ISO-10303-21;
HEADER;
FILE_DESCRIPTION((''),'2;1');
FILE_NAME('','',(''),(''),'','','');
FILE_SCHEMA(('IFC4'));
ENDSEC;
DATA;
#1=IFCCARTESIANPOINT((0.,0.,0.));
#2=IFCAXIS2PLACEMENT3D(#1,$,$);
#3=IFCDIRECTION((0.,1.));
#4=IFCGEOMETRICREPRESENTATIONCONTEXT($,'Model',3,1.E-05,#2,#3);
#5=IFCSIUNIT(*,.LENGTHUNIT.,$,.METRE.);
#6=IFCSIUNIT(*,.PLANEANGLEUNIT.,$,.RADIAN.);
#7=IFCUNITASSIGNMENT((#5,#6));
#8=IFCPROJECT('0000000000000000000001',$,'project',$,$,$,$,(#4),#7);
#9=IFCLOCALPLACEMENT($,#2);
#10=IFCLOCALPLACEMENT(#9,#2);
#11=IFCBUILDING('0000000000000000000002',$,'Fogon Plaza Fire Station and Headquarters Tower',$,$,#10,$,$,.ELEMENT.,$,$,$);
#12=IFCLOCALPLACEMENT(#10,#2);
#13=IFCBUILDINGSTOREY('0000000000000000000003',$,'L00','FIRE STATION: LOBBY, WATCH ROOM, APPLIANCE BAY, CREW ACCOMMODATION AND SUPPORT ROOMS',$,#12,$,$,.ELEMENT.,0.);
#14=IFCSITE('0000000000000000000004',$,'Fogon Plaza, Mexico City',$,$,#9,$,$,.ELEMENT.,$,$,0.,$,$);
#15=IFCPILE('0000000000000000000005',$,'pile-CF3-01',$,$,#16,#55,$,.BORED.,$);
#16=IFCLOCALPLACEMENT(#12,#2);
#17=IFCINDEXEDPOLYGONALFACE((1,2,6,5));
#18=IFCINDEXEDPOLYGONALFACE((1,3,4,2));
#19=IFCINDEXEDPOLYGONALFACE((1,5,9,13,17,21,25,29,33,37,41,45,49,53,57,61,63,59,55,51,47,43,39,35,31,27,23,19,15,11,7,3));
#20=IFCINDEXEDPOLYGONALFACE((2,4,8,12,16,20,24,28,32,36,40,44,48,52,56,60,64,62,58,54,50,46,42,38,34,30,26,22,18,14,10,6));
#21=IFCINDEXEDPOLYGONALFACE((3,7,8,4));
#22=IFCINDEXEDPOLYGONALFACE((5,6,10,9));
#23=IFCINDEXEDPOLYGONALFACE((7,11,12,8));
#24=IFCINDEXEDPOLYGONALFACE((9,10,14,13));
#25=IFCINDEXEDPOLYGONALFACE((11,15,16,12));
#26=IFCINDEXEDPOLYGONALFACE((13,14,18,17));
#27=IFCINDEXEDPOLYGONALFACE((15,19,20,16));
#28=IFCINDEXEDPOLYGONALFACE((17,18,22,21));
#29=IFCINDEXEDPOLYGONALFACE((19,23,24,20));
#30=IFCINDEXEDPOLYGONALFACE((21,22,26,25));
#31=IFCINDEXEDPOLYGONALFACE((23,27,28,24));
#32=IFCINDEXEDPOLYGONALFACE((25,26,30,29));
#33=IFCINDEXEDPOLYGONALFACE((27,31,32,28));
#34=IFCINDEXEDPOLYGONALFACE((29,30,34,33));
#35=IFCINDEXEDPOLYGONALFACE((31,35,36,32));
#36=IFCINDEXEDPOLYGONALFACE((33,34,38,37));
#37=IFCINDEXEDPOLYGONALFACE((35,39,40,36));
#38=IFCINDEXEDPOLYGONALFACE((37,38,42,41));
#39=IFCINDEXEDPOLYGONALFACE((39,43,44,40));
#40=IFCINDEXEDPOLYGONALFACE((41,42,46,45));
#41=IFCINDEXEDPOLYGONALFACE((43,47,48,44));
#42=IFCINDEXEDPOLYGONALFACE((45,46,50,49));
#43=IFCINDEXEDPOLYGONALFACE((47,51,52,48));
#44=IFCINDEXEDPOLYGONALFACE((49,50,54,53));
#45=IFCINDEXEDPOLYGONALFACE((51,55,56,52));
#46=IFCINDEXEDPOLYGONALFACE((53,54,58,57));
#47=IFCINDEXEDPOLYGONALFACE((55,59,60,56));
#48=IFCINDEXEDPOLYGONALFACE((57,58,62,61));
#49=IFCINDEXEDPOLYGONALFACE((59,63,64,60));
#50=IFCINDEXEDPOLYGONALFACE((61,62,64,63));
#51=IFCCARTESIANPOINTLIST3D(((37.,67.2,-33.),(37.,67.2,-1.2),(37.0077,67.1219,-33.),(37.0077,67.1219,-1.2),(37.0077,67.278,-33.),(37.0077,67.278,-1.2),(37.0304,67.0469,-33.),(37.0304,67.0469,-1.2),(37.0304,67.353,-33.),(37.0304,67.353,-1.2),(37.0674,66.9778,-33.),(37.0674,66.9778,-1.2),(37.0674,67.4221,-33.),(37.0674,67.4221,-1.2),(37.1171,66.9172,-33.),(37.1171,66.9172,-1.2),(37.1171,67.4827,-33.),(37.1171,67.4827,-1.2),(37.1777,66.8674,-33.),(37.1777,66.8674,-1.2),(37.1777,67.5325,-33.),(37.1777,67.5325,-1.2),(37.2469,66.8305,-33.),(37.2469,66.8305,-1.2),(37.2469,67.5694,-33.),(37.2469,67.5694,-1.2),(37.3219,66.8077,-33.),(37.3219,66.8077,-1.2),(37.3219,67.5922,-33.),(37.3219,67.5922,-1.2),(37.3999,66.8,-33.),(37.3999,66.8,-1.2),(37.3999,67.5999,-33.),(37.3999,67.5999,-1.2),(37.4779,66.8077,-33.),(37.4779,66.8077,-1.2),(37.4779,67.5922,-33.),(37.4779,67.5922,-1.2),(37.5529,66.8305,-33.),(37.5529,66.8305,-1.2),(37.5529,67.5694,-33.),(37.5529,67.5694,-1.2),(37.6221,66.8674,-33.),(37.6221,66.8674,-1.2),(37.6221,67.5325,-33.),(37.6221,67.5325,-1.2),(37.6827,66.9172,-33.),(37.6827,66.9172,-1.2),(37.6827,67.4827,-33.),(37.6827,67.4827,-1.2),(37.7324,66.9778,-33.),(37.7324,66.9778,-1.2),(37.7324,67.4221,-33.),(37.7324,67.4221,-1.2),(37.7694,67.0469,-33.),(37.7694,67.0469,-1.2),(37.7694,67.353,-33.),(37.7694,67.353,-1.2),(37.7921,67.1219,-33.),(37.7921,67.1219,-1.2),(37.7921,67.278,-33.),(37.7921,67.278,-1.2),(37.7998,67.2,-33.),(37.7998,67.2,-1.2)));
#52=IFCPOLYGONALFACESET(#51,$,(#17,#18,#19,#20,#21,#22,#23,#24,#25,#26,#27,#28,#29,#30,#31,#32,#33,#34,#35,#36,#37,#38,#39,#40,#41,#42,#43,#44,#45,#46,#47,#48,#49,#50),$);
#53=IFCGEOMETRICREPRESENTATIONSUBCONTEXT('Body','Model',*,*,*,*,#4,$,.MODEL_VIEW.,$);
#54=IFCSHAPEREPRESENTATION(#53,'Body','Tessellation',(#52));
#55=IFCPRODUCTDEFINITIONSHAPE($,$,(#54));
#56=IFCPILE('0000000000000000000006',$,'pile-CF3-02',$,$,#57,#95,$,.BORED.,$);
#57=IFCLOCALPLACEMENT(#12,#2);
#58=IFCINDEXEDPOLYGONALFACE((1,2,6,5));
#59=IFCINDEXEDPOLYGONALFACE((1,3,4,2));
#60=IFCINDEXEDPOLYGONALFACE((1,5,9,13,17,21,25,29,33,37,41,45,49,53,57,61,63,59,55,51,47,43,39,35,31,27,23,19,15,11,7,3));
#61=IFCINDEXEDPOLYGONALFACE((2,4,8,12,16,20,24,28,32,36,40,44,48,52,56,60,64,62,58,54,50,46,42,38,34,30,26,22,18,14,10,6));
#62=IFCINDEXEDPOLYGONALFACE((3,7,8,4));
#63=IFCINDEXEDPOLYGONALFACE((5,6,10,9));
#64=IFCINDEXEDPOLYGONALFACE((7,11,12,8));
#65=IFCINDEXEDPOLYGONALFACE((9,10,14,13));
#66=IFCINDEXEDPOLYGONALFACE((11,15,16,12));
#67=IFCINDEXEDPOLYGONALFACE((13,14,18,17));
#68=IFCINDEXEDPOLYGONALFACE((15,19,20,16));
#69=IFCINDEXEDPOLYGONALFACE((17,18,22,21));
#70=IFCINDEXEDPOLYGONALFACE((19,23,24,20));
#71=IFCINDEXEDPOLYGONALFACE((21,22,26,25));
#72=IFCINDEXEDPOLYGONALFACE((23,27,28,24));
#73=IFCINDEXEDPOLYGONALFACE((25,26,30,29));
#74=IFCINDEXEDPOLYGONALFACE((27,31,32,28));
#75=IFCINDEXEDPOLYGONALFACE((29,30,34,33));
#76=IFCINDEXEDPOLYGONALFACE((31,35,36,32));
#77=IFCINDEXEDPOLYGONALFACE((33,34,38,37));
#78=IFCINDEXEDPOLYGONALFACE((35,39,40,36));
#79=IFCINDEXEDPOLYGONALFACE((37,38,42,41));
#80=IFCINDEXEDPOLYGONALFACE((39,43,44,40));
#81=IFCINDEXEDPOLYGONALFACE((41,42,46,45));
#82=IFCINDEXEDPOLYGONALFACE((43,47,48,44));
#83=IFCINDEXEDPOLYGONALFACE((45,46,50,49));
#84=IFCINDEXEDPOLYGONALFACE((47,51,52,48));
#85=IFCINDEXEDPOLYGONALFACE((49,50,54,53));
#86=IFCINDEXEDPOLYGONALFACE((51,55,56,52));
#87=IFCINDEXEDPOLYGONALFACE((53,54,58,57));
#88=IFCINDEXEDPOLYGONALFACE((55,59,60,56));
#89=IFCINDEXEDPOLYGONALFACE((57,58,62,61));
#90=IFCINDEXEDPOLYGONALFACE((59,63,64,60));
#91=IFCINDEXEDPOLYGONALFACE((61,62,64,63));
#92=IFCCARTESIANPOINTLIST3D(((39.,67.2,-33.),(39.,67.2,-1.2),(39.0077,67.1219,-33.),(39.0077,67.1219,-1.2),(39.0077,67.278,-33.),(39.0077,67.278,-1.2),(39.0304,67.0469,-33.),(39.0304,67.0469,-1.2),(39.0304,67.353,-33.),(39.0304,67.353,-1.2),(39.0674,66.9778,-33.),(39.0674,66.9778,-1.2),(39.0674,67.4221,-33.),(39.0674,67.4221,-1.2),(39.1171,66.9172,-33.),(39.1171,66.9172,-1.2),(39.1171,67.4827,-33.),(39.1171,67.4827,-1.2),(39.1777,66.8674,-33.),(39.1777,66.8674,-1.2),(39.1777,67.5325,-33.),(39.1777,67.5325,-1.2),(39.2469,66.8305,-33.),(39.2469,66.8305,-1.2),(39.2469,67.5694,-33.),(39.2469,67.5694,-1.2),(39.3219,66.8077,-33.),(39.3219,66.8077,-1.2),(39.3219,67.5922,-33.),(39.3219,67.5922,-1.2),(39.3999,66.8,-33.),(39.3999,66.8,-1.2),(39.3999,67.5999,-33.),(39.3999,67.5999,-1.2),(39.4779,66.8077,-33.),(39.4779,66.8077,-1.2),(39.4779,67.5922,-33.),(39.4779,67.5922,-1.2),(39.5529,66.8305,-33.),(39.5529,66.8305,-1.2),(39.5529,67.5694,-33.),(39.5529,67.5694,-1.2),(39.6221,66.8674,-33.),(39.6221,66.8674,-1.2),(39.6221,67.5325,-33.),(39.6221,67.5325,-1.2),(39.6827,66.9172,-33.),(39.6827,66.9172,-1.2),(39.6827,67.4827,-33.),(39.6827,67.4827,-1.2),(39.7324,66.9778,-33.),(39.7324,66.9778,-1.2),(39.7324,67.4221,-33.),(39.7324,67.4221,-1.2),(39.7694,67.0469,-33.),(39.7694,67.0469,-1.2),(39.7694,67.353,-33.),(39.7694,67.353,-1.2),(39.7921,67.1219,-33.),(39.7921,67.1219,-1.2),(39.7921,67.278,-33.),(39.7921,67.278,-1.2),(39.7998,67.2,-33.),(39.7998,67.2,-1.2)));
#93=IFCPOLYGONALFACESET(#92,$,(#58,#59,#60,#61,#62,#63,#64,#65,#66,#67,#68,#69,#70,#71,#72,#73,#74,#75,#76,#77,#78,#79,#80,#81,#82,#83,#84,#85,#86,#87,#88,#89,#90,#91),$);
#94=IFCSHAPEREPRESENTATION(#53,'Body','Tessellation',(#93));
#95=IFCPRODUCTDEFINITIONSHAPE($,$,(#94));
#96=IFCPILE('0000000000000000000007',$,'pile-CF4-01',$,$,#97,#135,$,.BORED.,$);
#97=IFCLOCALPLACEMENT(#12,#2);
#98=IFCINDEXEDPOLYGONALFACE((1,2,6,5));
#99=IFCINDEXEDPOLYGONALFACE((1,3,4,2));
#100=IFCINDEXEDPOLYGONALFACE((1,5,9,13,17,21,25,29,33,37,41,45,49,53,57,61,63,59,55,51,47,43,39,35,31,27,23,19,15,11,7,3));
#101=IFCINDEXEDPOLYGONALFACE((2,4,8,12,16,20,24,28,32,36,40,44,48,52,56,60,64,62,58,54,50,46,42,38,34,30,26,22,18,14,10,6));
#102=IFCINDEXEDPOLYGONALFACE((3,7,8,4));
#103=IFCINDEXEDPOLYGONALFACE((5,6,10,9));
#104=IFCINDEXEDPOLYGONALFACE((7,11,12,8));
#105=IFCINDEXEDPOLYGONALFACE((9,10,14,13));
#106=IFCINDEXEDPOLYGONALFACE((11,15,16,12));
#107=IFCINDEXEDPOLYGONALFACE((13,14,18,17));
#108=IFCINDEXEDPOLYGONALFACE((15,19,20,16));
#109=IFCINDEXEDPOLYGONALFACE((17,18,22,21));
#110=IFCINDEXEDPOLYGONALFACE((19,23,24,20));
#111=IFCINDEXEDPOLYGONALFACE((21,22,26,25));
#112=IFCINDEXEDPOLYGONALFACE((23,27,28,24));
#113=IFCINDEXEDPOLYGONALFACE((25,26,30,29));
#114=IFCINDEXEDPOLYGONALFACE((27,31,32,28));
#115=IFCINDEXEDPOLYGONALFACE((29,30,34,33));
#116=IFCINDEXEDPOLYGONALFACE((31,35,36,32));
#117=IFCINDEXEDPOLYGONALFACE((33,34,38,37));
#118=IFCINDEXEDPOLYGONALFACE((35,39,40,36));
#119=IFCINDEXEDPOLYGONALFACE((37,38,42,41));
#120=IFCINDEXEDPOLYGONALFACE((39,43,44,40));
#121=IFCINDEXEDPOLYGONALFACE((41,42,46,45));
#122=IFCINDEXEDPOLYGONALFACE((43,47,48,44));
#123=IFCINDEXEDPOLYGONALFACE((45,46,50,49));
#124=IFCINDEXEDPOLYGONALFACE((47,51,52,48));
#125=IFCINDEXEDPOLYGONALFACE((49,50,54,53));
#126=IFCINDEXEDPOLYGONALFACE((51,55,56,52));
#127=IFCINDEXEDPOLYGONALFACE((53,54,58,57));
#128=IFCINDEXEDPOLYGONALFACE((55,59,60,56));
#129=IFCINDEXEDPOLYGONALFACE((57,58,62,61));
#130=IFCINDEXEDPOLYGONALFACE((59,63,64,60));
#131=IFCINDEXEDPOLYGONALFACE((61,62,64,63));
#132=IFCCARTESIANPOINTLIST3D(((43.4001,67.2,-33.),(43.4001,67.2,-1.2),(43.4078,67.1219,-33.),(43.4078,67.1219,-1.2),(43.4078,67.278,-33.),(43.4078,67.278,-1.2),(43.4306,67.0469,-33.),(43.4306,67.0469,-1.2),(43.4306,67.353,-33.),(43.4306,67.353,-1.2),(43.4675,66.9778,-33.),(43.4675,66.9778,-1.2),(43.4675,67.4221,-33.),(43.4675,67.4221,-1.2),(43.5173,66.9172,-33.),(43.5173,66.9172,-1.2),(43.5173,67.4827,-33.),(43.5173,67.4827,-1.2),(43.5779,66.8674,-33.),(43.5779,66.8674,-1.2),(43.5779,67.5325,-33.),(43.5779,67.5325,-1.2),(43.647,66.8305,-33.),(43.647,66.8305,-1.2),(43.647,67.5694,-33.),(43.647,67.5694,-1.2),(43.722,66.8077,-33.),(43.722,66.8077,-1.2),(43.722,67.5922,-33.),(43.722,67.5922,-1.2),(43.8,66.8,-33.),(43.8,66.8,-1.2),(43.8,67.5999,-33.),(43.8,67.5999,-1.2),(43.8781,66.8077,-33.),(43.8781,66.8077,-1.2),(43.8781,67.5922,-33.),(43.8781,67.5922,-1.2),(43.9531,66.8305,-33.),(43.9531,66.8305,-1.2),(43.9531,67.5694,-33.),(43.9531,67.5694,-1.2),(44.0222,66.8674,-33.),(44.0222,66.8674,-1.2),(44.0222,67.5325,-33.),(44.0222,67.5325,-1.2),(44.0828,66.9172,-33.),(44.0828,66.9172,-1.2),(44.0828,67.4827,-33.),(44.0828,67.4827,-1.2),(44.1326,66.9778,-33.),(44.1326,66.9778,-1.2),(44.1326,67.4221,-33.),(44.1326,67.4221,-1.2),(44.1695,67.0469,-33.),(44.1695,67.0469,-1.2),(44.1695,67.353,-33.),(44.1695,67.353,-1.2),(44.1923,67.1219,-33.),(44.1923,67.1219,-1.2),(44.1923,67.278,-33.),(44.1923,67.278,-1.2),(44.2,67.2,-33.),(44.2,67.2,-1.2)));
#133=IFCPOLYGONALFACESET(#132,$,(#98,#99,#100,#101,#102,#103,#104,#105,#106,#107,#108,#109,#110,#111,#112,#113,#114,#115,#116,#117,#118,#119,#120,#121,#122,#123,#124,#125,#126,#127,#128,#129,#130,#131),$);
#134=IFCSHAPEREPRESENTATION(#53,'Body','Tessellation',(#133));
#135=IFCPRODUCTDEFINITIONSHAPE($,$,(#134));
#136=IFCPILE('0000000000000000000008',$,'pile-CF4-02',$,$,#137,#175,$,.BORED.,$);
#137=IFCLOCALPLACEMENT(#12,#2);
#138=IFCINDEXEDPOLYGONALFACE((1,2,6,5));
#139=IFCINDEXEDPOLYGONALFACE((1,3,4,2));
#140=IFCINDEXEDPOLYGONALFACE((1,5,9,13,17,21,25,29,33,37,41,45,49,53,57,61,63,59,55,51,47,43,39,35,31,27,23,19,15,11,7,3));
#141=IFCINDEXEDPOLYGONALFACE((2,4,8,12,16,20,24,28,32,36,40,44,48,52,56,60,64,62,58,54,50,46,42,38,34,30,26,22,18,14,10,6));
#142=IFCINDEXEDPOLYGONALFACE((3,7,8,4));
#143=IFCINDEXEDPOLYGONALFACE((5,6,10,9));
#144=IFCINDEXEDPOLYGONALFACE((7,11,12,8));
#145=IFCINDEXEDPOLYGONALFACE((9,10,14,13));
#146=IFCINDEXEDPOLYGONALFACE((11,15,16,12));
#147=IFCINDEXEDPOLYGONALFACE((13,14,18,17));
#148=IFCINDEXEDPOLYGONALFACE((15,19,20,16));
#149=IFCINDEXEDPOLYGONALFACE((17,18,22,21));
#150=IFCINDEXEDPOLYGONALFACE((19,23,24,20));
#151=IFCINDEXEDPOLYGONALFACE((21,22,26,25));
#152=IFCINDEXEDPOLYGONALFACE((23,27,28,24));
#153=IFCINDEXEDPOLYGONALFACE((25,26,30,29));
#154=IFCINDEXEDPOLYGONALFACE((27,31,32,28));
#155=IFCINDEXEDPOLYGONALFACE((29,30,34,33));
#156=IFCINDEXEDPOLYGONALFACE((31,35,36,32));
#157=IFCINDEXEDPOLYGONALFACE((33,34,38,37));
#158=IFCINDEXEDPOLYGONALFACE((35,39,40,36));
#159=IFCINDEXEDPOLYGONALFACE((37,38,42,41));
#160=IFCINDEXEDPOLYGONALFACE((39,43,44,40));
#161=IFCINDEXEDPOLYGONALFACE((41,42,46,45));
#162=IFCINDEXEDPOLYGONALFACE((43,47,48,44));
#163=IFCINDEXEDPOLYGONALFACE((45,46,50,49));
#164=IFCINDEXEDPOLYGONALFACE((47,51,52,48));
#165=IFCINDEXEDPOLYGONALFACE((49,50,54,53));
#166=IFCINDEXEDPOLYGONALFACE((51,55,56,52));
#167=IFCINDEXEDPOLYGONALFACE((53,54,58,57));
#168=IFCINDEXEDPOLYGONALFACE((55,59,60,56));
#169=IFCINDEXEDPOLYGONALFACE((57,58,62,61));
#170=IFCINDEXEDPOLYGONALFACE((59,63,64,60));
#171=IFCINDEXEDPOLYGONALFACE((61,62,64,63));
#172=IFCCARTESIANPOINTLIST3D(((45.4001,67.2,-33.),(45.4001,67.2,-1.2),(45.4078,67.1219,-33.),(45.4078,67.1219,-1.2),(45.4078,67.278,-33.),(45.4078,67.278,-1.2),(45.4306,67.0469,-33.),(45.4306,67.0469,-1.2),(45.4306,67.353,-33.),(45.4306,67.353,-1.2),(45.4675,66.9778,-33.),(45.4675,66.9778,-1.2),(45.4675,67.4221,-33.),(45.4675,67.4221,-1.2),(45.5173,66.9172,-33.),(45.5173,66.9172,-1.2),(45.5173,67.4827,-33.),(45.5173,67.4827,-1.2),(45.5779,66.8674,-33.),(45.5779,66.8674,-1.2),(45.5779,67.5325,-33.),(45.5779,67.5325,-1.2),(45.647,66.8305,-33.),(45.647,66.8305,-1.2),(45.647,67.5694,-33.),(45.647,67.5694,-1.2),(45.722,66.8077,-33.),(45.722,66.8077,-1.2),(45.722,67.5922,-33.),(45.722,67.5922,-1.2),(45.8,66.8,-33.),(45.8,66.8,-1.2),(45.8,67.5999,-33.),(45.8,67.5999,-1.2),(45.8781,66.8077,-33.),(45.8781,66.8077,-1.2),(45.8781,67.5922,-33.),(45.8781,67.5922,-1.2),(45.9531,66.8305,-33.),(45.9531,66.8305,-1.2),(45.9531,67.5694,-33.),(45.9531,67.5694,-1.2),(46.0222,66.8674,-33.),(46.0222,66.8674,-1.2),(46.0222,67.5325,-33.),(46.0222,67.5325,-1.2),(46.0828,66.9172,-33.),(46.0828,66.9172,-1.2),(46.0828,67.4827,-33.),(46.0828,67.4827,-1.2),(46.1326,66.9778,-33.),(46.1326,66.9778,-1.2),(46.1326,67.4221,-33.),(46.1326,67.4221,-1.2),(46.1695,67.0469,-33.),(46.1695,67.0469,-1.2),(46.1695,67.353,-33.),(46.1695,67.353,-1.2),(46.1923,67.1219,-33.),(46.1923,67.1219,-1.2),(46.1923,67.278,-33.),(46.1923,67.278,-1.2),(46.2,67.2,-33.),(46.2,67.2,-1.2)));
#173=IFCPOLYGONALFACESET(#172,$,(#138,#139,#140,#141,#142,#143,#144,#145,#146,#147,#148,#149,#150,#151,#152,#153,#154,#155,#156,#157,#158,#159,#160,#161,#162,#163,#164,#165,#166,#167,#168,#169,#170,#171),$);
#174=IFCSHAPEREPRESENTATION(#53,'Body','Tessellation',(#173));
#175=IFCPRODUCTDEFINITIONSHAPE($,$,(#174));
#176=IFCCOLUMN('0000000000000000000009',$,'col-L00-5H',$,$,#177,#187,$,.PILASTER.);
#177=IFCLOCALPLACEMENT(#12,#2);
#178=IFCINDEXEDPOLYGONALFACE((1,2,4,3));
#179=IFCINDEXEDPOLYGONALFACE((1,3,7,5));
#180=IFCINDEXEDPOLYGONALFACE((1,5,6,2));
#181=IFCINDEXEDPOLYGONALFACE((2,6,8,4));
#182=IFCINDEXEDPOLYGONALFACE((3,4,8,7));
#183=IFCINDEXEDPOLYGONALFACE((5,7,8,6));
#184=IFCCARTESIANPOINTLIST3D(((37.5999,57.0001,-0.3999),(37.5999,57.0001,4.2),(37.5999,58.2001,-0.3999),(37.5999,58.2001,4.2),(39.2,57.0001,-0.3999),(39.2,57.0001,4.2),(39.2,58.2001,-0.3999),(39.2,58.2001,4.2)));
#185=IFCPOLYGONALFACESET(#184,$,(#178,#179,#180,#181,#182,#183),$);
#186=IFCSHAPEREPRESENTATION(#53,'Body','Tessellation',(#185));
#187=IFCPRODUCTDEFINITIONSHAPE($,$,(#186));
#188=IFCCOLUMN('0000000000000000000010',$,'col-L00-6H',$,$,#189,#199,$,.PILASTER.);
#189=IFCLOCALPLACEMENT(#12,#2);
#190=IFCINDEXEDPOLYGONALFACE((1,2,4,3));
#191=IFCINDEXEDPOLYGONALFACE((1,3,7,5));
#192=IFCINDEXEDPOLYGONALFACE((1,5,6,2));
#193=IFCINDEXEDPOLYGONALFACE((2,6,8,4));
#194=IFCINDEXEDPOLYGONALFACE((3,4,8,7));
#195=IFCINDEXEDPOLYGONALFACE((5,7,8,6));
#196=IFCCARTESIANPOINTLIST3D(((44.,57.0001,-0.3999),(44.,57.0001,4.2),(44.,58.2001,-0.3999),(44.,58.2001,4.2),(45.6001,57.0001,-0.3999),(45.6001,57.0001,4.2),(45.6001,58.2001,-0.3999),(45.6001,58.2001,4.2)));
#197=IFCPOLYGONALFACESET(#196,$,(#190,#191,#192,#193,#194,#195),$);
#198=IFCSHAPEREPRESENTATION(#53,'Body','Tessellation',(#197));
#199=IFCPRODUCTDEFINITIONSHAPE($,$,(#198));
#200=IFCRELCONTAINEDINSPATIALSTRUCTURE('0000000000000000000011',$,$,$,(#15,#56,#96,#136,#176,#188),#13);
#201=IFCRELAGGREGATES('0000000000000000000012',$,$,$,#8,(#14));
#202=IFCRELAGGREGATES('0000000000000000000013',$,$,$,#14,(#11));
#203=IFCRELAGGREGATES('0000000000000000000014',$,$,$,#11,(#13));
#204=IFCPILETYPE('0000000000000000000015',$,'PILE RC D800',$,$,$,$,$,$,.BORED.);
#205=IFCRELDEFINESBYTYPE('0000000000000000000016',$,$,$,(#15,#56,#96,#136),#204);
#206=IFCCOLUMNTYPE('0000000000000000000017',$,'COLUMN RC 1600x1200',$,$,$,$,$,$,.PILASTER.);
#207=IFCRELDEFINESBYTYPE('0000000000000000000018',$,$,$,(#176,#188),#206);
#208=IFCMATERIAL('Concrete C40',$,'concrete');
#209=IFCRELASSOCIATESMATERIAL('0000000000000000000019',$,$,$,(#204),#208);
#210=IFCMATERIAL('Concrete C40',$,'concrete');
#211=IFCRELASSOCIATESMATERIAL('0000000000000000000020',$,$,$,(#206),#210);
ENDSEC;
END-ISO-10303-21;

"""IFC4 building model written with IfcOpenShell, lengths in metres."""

from ifc_helpers import new_model, si_unit, direction, frame, origin, origin_2d, place, context, subcontext, project, spatial, rectangle, circle, extrude, material, material_profile, profile_set, type_object, element, save


model = new_model("IFC4")

# Units and contexts
model_context = context("Model", 3, precision=1e-05, world=origin(), true_north=direction((0.0, 1.0)))
body_context = subcontext(model_context, "Body", "Model", "MODEL_VIEW")
ifc_project = project(units=[si_unit("LENGTHUNIT", "METRE"), si_unit("PLANEANGLEUNIT", "RADIAN")], contexts=[model_context])

# Site, building, storey
site_placement = place(None, origin())
site = spatial("IfcSite", under=ifc_project, at=site_placement, Name="Fogon Plaza, Mexico City", CompositionType="ELEMENT", RefElevation=0.0)
building_placement = place(site_placement, origin())
building = spatial("IfcBuilding", under=site, at=building_placement, Name="Fogon Plaza Fire Station and Headquarters Tower", CompositionType="ELEMENT")
storey_placement = place(building_placement, origin())
storey = spatial("IfcBuildingStorey", under=building, at=storey_placement, Name="L00", Description="FIRE STATION: LOBBY, WATCH ROOM, APPLIANCE BAY, CREW ACCOMMODATION AND SUPPORT ROOMS", CompositionType="ELEMENT", Elevation=0.0)

# Piles
ifc_material_1 = material(Name="Concrete C40", Category="concrete")
ifc_material_profile_1 = material_profile(ifc_material_1, circle(Radius=0.3999, at=origin_2d()), Name="RC D800")
ifc_profile_set_1 = profile_set([ifc_material_profile_1], Name="Concrete C40")
pile_type_1 = type_object("IfcPileType", Name="PILE RC D800", PredefinedType="BORED", material=ifc_profile_set_1)
for number, where, z_axis, x_axis, name in (
    (1, (37.3999, 67.2, -1.2), (0.0, 0.0, -1.0), (1.0, 0.0, 0.0), "pile-CF3-01"),
    (2, (39.3999, 67.2, -1.2), (0.0, 0.0, -1.0), (1.0, 0.0, 0.0), "pile-CF3-02"),
    (3, (43.8, 67.2, -1.2), (0.0, 0.0, -1.0), (1.0, 0.0, 0.0), "pile-CF4-01"),
    (4, (45.8, 67.2, -1.2), (0.0, 0.0, -1.0), (1.0, 0.0, 0.0), "pile-CF4-02"),
):
    element("IfcPile", number, at=place(storey_placement, frame(where, z_axis=z_axis, x_axis=x_axis)), inside=storey, type_object=pile_type_1, Name=name, PredefinedType="BORED", context=body_context, shape_type="SweptSolid", body=[
        extrude(circle(Radius=0.3999, at=origin_2d()), origin(), (0.0, 0.0, 1.0), 31.8),
    ])

# Columns
ifc_material_2 = material(Name="Concrete C40", Category="concrete")
ifc_material_profile_2 = material_profile(ifc_material_2, rectangle(XDim=1.6001, YDim=1.2, at=origin_2d()), Name="RC 1600x1200")
ifc_profile_set_2 = profile_set([ifc_material_profile_2], Name="Concrete C40")
column_type_1 = type_object("IfcColumnType", Name="COLUMN RC 1600x1200", PredefinedType="PILASTER", material=ifc_profile_set_2)
for number, where, z_axis, x_axis, name in (
    (5, (38.3999, 57.6001, -0.3999), (0.0, 0.0, 1.0), (1.0, 0.0, 0.0), "col-L00-5H"),
    (6, (44.8, 57.6001, -0.3999), (0.0, 0.0, 1.0), (1.0, 0.0, 0.0), "col-L00-6H"),
):
    element("IfcColumn", number, at=place(storey_placement, frame(where, z_axis=z_axis, x_axis=x_axis)), inside=storey, type_object=column_type_1, Name=name, PredefinedType="PILASTER", context=body_context, shape_type="SweptSolid", body=[
        extrude(rectangle(XDim=1.6001, YDim=1.2, at=origin_2d()), origin(), (0.0, 0.0, 1.0), 4.5999),
    ])

save(model, "model.ifc")
